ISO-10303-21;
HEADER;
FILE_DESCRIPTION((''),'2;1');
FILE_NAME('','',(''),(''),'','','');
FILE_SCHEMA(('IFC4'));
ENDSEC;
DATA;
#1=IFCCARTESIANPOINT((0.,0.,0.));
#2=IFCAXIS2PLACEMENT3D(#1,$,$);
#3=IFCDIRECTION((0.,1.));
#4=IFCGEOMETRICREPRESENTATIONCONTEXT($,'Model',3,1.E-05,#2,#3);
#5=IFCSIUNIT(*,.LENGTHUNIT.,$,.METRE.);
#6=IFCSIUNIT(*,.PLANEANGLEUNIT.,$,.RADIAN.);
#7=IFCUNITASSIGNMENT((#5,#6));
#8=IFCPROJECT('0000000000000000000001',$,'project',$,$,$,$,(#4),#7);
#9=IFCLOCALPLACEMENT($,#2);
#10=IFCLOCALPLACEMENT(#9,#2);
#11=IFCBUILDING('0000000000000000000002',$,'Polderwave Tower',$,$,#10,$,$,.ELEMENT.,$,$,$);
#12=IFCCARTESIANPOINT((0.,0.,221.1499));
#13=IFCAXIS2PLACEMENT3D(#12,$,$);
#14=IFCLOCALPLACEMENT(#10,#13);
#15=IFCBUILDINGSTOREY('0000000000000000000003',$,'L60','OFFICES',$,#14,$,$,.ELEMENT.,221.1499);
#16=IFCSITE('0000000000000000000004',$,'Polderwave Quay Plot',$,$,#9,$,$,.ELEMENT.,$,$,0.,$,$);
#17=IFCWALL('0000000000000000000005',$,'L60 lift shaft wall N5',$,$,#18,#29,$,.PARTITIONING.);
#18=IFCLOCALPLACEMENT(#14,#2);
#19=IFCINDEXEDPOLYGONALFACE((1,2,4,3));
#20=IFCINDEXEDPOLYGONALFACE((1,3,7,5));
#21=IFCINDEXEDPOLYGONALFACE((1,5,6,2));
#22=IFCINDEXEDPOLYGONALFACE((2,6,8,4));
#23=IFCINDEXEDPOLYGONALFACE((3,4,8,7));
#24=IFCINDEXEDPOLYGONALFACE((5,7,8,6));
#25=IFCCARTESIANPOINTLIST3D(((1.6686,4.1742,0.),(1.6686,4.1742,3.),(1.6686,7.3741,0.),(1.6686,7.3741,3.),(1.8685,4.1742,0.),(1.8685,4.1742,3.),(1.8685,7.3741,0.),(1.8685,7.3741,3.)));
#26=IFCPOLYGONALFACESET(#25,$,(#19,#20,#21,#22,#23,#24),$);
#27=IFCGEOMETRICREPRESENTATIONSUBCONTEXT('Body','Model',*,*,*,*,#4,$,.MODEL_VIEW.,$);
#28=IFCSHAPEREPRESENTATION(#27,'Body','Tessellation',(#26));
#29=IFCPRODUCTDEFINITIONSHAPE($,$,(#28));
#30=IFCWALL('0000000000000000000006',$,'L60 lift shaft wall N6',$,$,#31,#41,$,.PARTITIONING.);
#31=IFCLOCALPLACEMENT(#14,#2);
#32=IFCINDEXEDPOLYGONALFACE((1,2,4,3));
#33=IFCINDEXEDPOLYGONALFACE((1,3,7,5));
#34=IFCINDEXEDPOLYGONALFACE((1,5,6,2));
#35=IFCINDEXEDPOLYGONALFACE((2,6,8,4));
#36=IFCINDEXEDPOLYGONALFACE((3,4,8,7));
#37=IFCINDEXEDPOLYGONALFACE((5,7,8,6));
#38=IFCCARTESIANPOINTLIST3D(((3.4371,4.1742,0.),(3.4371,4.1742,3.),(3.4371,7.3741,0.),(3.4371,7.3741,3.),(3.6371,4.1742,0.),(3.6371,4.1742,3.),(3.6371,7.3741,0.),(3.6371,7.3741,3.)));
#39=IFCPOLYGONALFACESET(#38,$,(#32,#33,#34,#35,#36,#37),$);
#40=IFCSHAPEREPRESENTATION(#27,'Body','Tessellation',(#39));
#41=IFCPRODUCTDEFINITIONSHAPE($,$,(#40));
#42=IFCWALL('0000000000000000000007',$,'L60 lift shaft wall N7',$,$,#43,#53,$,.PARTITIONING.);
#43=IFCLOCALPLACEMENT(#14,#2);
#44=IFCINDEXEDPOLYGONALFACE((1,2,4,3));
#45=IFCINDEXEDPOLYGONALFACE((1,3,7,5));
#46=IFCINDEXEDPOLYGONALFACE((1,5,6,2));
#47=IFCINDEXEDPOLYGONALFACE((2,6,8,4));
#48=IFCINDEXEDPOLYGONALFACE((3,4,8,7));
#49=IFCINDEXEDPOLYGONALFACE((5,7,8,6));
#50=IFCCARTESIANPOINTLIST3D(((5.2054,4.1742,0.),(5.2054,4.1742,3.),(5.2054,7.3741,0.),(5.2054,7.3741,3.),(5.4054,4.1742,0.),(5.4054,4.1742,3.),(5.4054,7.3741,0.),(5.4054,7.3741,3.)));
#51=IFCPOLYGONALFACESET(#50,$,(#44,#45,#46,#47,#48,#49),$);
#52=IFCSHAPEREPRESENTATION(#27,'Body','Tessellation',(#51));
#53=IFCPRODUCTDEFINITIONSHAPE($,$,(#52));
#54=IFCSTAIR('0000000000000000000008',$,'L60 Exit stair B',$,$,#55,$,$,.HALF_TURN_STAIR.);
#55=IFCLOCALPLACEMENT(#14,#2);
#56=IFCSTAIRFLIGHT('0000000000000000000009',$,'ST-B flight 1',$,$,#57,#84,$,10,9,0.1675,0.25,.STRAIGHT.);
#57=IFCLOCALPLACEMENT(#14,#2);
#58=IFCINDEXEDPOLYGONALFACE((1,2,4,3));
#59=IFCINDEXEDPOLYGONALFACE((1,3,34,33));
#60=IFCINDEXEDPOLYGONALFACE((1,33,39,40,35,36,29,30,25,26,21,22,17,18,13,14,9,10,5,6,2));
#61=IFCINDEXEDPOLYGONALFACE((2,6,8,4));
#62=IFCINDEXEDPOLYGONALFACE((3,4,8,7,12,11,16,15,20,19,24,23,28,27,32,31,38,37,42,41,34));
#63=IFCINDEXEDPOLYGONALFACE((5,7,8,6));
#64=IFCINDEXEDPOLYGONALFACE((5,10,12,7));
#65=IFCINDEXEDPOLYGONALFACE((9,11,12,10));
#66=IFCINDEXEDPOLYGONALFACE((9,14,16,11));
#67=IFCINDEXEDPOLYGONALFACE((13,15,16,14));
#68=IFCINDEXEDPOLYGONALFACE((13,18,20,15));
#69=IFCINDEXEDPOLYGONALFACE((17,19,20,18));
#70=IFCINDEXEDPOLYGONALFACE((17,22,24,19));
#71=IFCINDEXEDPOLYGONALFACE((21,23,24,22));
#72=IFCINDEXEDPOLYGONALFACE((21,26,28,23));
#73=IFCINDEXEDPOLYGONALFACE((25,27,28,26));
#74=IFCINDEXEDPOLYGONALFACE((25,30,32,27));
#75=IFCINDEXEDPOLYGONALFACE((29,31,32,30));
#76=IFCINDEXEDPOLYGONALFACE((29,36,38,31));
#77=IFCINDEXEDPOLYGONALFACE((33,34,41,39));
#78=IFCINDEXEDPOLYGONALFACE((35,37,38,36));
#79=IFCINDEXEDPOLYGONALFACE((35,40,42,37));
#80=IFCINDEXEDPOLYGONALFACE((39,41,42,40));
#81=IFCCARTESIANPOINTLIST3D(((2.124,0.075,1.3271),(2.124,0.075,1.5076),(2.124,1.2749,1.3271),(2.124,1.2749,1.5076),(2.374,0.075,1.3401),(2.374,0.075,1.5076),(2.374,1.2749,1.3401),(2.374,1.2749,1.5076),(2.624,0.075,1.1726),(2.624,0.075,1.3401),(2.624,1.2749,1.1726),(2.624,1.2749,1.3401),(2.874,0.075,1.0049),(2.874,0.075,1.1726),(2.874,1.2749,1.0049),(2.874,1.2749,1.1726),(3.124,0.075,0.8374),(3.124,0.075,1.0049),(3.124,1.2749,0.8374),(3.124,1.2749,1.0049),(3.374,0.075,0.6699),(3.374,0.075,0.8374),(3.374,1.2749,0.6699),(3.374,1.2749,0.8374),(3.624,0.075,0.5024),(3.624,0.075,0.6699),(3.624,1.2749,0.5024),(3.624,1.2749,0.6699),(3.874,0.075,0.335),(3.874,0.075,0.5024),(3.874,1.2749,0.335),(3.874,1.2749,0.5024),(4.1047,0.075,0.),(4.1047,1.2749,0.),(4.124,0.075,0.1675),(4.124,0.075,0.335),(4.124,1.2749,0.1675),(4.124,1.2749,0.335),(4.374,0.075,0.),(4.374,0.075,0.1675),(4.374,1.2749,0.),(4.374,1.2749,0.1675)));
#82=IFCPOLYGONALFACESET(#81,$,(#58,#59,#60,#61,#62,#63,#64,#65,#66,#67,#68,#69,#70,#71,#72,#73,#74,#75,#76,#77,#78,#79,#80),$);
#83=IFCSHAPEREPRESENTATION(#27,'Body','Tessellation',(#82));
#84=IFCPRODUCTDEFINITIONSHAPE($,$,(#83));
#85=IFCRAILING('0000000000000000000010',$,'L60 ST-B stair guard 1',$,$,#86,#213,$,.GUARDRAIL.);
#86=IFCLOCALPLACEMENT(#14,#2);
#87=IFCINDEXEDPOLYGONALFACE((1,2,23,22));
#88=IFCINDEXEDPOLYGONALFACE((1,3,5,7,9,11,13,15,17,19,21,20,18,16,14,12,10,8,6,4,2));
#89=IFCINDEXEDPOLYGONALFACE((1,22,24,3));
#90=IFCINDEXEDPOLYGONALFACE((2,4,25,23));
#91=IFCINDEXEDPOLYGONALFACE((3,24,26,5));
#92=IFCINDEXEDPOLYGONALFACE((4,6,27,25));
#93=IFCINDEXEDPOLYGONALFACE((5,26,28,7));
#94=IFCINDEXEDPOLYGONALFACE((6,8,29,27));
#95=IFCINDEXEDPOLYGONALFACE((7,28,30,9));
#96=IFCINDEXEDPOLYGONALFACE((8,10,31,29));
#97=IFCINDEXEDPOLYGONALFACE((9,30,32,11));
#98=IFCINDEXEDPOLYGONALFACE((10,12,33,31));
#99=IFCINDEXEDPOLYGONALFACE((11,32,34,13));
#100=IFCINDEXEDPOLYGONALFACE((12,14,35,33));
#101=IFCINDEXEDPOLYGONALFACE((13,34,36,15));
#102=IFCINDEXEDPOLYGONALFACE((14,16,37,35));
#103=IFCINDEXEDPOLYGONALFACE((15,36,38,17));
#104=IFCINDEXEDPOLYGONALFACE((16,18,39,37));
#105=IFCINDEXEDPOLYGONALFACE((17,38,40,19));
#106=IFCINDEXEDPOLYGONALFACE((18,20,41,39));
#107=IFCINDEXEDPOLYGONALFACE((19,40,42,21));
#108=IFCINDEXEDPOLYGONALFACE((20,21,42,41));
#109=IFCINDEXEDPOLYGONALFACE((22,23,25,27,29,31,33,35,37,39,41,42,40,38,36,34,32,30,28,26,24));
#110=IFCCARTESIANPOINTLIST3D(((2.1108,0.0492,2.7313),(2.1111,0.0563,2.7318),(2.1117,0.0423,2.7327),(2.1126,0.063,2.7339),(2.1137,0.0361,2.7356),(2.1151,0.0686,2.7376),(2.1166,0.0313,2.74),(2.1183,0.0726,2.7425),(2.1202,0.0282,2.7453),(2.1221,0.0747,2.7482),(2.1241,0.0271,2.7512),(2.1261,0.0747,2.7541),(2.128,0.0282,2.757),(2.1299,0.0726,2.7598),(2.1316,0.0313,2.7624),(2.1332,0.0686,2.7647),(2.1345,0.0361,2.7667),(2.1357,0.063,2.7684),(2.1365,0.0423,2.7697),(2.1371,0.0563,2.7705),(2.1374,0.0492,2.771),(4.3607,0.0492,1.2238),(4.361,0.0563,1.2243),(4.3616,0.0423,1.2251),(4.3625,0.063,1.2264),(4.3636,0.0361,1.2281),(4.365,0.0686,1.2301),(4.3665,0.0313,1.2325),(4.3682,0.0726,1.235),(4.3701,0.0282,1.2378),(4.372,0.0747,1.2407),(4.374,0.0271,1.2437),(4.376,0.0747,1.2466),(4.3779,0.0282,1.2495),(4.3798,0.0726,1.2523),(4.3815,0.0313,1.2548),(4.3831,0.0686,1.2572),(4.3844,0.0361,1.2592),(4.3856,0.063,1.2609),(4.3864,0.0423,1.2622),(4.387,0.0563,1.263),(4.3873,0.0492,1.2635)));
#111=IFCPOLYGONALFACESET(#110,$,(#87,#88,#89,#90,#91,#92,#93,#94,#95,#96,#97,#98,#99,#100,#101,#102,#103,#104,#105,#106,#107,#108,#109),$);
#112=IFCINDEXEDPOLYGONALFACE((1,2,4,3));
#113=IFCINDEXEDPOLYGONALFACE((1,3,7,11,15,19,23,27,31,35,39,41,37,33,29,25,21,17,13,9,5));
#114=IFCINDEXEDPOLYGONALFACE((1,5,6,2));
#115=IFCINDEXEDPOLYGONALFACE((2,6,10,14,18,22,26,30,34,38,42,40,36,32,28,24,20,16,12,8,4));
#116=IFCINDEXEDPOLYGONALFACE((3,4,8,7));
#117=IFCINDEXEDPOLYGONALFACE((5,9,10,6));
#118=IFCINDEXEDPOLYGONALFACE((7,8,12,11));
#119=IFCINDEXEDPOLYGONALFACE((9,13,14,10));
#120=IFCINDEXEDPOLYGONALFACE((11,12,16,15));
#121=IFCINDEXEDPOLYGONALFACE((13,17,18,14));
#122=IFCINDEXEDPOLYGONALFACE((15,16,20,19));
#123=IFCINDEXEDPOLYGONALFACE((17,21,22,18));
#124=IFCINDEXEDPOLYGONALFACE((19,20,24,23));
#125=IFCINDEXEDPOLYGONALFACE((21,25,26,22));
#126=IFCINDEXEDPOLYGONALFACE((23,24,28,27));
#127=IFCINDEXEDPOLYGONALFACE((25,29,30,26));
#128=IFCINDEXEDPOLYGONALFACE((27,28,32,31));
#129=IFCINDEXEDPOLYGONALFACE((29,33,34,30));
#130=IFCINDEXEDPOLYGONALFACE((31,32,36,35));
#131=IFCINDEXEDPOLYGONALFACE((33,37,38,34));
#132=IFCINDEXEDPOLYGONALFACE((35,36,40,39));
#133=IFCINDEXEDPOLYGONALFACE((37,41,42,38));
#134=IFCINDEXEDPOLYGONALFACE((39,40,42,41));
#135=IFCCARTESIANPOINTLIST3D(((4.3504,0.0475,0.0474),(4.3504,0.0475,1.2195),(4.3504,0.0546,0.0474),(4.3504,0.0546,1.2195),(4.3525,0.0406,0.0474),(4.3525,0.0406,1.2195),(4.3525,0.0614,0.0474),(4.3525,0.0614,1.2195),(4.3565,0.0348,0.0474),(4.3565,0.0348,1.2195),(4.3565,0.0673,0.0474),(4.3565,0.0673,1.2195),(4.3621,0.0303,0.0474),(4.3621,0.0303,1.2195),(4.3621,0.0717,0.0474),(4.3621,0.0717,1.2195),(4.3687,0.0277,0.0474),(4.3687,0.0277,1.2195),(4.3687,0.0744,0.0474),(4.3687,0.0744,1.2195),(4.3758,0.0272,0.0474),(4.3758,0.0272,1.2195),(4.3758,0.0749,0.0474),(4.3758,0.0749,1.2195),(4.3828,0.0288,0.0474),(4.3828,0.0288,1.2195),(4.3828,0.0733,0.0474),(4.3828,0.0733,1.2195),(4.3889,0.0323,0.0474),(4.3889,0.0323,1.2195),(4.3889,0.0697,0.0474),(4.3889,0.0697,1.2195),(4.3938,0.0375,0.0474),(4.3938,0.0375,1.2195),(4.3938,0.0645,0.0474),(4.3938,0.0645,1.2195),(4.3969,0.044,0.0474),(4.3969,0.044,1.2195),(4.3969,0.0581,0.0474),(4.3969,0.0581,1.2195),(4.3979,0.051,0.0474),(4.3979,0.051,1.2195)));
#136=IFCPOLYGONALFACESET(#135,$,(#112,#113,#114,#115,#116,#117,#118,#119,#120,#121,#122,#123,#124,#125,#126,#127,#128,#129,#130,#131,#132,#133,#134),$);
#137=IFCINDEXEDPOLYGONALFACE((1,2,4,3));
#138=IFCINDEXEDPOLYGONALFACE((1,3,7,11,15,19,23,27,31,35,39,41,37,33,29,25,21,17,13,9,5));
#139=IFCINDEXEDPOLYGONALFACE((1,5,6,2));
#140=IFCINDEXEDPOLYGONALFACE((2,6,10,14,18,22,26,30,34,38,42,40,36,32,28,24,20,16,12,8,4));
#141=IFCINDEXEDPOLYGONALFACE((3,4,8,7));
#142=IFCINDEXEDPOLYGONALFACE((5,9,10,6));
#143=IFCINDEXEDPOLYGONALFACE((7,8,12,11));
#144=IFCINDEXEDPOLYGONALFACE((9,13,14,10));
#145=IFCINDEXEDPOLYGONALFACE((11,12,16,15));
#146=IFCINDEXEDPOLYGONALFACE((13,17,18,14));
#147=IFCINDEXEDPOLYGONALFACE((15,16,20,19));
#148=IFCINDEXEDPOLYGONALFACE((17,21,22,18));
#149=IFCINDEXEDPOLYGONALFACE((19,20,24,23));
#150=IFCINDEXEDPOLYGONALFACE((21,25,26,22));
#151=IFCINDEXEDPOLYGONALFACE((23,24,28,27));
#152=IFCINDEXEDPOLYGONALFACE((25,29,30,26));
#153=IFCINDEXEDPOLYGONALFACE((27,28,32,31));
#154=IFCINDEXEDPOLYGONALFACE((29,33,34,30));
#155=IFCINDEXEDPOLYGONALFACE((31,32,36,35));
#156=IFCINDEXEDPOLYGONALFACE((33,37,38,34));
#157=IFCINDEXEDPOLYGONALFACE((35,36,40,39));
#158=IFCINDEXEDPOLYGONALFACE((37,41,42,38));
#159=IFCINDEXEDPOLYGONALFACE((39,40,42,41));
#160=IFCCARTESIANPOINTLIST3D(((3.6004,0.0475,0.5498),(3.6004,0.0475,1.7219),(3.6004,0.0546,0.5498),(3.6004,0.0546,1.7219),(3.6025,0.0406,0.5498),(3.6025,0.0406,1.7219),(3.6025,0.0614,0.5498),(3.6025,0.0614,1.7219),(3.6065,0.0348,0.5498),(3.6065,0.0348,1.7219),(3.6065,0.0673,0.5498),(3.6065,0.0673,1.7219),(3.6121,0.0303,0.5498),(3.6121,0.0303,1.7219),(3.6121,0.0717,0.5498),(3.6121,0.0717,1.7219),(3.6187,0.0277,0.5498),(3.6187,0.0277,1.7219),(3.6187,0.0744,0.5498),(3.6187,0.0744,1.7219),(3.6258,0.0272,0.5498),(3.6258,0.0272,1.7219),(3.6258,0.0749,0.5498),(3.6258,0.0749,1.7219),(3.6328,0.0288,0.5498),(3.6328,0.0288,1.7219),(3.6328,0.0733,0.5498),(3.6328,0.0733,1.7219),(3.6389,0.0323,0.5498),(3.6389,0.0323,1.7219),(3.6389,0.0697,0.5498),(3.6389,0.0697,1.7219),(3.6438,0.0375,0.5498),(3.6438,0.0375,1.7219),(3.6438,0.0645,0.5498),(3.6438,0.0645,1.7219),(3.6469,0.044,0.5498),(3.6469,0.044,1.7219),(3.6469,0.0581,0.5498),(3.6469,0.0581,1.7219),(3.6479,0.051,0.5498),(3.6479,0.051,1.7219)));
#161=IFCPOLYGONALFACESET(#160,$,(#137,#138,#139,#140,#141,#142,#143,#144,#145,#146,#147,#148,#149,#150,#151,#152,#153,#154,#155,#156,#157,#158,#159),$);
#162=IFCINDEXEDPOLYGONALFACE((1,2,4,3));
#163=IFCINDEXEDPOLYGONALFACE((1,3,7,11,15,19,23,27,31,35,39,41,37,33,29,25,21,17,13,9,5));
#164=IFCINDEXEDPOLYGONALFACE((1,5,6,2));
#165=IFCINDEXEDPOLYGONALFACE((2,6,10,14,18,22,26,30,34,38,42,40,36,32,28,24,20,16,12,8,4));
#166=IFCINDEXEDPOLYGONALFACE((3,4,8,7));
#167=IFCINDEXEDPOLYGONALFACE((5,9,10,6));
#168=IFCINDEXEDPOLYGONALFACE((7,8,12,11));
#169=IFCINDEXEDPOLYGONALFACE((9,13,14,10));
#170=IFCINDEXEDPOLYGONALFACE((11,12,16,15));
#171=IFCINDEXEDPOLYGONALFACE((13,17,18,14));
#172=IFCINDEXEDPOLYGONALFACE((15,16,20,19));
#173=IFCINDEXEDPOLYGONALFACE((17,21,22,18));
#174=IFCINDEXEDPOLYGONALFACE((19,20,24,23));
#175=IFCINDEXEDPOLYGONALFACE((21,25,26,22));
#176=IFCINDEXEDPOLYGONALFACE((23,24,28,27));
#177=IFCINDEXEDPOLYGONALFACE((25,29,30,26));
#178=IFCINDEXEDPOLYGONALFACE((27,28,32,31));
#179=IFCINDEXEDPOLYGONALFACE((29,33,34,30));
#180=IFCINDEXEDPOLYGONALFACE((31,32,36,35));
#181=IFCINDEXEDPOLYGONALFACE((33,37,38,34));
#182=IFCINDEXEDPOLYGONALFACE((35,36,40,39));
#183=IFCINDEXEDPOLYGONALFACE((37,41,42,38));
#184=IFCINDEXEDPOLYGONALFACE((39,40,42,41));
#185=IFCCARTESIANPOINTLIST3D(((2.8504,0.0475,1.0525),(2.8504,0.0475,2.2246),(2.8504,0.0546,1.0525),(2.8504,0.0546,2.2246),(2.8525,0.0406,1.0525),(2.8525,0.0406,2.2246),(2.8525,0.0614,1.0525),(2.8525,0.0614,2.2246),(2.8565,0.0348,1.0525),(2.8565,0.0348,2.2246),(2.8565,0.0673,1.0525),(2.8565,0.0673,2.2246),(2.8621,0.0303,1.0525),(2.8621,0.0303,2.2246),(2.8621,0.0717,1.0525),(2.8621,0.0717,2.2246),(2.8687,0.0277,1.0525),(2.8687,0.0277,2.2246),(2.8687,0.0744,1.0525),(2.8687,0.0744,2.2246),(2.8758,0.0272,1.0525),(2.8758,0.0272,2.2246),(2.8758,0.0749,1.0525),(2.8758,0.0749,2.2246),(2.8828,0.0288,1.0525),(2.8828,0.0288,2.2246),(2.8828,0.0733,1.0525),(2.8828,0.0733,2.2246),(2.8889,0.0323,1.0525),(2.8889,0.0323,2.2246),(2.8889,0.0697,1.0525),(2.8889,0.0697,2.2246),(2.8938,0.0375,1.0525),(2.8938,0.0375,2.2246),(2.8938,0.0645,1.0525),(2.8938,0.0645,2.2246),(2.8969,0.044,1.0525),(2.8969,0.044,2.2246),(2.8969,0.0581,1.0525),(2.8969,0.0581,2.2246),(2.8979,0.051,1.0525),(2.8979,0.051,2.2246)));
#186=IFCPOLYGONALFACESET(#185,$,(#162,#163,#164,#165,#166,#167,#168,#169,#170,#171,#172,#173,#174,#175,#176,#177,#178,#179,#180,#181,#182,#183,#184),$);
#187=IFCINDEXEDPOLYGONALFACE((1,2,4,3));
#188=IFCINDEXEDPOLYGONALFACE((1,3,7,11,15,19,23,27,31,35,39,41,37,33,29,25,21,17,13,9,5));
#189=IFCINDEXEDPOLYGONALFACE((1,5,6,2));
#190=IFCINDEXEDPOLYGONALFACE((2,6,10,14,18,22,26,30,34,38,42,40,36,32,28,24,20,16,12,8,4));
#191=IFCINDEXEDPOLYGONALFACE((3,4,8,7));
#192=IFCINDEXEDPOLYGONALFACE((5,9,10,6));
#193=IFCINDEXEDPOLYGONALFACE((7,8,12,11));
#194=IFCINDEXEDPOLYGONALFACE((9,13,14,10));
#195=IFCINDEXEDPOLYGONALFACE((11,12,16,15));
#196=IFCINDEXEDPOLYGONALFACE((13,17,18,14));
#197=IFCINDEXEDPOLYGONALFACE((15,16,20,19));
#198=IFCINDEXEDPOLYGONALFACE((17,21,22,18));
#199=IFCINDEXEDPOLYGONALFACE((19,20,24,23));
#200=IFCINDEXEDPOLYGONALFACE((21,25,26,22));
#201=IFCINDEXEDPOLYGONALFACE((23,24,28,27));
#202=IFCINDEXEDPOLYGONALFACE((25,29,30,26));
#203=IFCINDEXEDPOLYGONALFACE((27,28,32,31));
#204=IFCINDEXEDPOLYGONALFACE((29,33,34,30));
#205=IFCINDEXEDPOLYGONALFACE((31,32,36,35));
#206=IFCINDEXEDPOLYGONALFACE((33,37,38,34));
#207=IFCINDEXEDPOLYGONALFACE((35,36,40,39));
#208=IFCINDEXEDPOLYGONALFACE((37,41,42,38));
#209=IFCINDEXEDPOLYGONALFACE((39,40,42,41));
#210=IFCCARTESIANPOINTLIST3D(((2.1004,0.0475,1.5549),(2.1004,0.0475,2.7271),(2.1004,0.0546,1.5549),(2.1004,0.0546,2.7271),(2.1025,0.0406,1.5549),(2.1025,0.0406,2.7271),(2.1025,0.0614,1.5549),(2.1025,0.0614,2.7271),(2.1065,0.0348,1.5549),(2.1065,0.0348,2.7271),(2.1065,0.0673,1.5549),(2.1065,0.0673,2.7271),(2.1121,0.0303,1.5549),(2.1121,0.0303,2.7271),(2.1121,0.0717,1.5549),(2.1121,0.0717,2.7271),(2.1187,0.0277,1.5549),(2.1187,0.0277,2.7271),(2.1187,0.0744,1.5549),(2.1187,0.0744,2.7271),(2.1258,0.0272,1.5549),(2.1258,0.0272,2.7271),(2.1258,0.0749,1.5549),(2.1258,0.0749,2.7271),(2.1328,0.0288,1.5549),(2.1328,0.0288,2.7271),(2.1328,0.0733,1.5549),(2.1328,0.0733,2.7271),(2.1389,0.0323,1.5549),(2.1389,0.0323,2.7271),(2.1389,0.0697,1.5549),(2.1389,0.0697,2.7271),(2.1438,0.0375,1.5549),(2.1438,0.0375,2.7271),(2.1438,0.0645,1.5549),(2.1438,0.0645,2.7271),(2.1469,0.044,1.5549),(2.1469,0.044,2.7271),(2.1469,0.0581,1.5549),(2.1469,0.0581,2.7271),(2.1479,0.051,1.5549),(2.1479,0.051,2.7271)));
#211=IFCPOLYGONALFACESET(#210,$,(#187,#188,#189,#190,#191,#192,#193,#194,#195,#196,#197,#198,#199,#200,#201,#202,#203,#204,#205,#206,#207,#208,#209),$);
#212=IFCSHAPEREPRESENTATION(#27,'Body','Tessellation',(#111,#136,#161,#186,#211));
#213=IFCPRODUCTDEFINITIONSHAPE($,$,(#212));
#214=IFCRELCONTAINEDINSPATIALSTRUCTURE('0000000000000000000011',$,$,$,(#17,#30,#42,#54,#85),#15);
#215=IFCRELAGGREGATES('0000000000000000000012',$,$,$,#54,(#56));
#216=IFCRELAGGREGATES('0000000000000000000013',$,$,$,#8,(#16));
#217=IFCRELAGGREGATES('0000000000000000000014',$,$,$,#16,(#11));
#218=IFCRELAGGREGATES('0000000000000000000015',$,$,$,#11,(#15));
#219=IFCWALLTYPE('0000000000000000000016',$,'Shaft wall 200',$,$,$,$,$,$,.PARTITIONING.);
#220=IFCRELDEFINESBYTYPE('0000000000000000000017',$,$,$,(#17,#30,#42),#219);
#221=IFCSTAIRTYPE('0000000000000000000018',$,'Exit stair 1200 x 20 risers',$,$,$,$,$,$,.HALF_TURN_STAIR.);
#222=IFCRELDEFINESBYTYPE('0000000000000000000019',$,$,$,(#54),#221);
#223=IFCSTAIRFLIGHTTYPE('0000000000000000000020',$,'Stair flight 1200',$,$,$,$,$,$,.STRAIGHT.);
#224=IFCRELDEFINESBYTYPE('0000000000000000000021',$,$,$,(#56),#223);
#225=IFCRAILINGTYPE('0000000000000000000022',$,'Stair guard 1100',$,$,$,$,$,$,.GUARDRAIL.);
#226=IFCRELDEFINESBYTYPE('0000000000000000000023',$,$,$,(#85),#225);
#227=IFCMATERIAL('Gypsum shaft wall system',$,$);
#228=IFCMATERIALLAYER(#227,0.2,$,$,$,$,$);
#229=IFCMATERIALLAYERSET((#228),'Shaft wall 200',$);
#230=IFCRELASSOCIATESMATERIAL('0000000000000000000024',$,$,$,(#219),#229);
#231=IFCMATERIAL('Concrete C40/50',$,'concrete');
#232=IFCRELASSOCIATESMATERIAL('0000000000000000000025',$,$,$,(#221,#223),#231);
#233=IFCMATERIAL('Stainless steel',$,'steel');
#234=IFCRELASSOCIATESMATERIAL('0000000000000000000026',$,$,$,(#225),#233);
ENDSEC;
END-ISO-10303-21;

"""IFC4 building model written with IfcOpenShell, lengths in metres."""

from ifc_helpers import new_model, si_unit, direction, frame, frame_2d, origin, origin_2d, place, context, subcontext, project, spatial, polyline, rectangle, circle, outline, extrude, material, layer, layer_set, type_object, element, aggregate, save


model = new_model("IFC4")

# Units and contexts
model_context = context("Model", 3, precision=1e-05, world=origin(), true_north=direction((0.0, 1.0)))
body_context = subcontext(model_context, "Body", "Model", "MODEL_VIEW")
ifc_project = project(units=[si_unit("LENGTHUNIT", "METRE"), si_unit("PLANEANGLEUNIT", "RADIAN")], contexts=[model_context])

# Site, building, storey
site_placement = place(None, origin())
site = spatial("IfcSite", under=ifc_project, at=site_placement, Name="Polderwave Quay Plot", CompositionType="ELEMENT", RefElevation=0.0)
building_placement = place(site_placement, origin())
building = spatial("IfcBuilding", under=site, at=building_placement, Name="Polderwave Tower", CompositionType="ELEMENT")
storey_placement = place(building_placement, frame((0.0, 0.0, 221.1499)))
storey = spatial("IfcBuildingStorey", under=building, at=storey_placement, Name="L60", Description="OFFICES", CompositionType="ELEMENT", Elevation=221.1499)

# Walls
ifc_material_1 = material(Name="Gypsum shaft wall system")
ifc_layer_1 = layer(ifc_material_1, 0.2)
ifc_layer_set_1 = layer_set([ifc_layer_1], Name="Shaft wall 200")
wall_type_1 = type_object("IfcWallType", Name="Shaft wall 200", PredefinedType="PARTITIONING", material=ifc_layer_set_1)
for number, where, z_axis, x_axis, name in (
    (1, (1.7686, 4.1741, 0.0), (0.0, 0.0, 1.0), (0.0, 1.0, 0.0), "L60 lift shaft wall N5"),
    (2, (3.5371, 4.1741, 0.0), (0.0, 0.0, 1.0), (0.0, 1.0, 0.0), "L60 lift shaft wall N6"),
    (3, (5.3054, 4.1741, 0.0), (0.0, 0.0, 1.0), (0.0, 1.0, 0.0), "L60 lift shaft wall N7"),
):
    element("IfcWall", number, at=place(storey_placement, frame(where, z_axis=z_axis, x_axis=x_axis)), inside=storey, type_object=wall_type_1, Name=name, PredefinedType="PARTITIONING", context=body_context, shape_type="SweptSolid", body=[
        extrude(rectangle(XDim=3.2, YDim=0.2, at=frame_2d((1.6001, 0.0))), origin(), (0.0, 0.0, 1.0), 3.0),
    ])

# Stair, stair flight
ifc_material_2 = material(Name="Concrete C40/50", Category="concrete")
stair_type = type_object("IfcStairType", Name="Exit stair 1200 x 20 risers", PredefinedType="HALF_TURN_STAIR", material=ifc_material_2)
stair_placement = place(storey_placement, origin())
stair = element("IfcStair", 4, at=stair_placement, inside=storey, type_object=stair_type, Name="L60 Exit stair B", PredefinedType="HALF_TURN_STAIR")
stair_flight_type = type_object("IfcStairFlightType", Name="Stair flight 1200", PredefinedType="STRAIGHT", material=ifc_material_2)
stair_flight_placement = place(storey_placement, frame((4.374, 0.675, 0.0), z_axis=(0.0, 0.0, 1.0), x_axis=(-1.0, 0.0, 0.0)))
stair_flight = element("IfcStairFlight", 5, at=stair_flight_placement, type_object=stair_flight_type, Name="ST-B flight 1", NumberOfRisers=10, NumberOfTreads=9, PredefinedType="STRAIGHT", RiserHeight=0.1675, TreadLength=0.25, context=body_context, shape_type="SweptSolid", body=[
    extrude(outline(polyline([(0.0, 0.0), (0.0, 0.1675), (0.25, 0.1675), (0.25, 0.335), (0.5, 0.335), (0.5, 0.5024), (0.75, 0.5024), (0.75, 0.6699), (1.0, 0.6699), (1.0, 0.8374), (1.25, 0.8374), (1.25, 1.0049), (1.5, 1.0049), (1.5, 1.1726), (1.75, 1.1726), (1.75, 1.3401), (2.0, 1.3401), (2.0, 1.5076), (2.25, 1.5076), (2.25, 1.675), (2.25, 1.3271), (0.2693, 0.0), (0.0, 0.0)])), frame((0.0, 0.6001, 0.0), z_axis=(0.0, -1.0, 0.0), x_axis=(1.0, 0.0, 0.0)), (0.0, 0.0, 1.0), 1.2),
])
aggregate(stair, [stair_flight])

# Railing
ifc_material_3 = material(Name="Stainless steel", Category="steel")
railing_type_1 = type_object("IfcRailingType", Name="Stair guard 1100", PredefinedType="GUARDRAIL", material=ifc_material_3)
railing_1_placement = place(storey_placement, frame((4.374, 0.051, 0.0474)))
element("IfcRailing", 6, at=railing_1_placement, inside=storey, type_object=railing_type_1, Name="L60 ST-B stair guard 1", PredefinedType="GUARDRAIL", context=body_context, shape_type="SweptSolid", body=[
    extrude(circle(Radius=0.0239, at=origin_2d()), frame((0.0, 0.0, 1.1963), z_axis=(-0.830758, 0.0, 0.556633), x_axis=(0.0, -1.0, 0.0)), (0.0, 0.0, 1.0), 2.7083),
    extrude(circle(Radius=0.0239, at=origin_2d()), origin(), (0.0, 0.0, 1.0), 1.1721),
    extrude(circle(Radius=0.0239, at=origin_2d()), frame((-0.75, 0.0, 0.5024)), (0.0, 0.0, 1.0), 1.1721),
    extrude(circle(Radius=0.0239, at=origin_2d()), frame((-1.5, 0.0, 1.0051)), (0.0, 0.0, 1.0), 1.1721),
    extrude(circle(Radius=0.0239, at=origin_2d()), frame((-2.25, 0.0, 1.5076)), (0.0, 0.0, 1.0), 1.1721),
])

save(model, "model.ifc")
